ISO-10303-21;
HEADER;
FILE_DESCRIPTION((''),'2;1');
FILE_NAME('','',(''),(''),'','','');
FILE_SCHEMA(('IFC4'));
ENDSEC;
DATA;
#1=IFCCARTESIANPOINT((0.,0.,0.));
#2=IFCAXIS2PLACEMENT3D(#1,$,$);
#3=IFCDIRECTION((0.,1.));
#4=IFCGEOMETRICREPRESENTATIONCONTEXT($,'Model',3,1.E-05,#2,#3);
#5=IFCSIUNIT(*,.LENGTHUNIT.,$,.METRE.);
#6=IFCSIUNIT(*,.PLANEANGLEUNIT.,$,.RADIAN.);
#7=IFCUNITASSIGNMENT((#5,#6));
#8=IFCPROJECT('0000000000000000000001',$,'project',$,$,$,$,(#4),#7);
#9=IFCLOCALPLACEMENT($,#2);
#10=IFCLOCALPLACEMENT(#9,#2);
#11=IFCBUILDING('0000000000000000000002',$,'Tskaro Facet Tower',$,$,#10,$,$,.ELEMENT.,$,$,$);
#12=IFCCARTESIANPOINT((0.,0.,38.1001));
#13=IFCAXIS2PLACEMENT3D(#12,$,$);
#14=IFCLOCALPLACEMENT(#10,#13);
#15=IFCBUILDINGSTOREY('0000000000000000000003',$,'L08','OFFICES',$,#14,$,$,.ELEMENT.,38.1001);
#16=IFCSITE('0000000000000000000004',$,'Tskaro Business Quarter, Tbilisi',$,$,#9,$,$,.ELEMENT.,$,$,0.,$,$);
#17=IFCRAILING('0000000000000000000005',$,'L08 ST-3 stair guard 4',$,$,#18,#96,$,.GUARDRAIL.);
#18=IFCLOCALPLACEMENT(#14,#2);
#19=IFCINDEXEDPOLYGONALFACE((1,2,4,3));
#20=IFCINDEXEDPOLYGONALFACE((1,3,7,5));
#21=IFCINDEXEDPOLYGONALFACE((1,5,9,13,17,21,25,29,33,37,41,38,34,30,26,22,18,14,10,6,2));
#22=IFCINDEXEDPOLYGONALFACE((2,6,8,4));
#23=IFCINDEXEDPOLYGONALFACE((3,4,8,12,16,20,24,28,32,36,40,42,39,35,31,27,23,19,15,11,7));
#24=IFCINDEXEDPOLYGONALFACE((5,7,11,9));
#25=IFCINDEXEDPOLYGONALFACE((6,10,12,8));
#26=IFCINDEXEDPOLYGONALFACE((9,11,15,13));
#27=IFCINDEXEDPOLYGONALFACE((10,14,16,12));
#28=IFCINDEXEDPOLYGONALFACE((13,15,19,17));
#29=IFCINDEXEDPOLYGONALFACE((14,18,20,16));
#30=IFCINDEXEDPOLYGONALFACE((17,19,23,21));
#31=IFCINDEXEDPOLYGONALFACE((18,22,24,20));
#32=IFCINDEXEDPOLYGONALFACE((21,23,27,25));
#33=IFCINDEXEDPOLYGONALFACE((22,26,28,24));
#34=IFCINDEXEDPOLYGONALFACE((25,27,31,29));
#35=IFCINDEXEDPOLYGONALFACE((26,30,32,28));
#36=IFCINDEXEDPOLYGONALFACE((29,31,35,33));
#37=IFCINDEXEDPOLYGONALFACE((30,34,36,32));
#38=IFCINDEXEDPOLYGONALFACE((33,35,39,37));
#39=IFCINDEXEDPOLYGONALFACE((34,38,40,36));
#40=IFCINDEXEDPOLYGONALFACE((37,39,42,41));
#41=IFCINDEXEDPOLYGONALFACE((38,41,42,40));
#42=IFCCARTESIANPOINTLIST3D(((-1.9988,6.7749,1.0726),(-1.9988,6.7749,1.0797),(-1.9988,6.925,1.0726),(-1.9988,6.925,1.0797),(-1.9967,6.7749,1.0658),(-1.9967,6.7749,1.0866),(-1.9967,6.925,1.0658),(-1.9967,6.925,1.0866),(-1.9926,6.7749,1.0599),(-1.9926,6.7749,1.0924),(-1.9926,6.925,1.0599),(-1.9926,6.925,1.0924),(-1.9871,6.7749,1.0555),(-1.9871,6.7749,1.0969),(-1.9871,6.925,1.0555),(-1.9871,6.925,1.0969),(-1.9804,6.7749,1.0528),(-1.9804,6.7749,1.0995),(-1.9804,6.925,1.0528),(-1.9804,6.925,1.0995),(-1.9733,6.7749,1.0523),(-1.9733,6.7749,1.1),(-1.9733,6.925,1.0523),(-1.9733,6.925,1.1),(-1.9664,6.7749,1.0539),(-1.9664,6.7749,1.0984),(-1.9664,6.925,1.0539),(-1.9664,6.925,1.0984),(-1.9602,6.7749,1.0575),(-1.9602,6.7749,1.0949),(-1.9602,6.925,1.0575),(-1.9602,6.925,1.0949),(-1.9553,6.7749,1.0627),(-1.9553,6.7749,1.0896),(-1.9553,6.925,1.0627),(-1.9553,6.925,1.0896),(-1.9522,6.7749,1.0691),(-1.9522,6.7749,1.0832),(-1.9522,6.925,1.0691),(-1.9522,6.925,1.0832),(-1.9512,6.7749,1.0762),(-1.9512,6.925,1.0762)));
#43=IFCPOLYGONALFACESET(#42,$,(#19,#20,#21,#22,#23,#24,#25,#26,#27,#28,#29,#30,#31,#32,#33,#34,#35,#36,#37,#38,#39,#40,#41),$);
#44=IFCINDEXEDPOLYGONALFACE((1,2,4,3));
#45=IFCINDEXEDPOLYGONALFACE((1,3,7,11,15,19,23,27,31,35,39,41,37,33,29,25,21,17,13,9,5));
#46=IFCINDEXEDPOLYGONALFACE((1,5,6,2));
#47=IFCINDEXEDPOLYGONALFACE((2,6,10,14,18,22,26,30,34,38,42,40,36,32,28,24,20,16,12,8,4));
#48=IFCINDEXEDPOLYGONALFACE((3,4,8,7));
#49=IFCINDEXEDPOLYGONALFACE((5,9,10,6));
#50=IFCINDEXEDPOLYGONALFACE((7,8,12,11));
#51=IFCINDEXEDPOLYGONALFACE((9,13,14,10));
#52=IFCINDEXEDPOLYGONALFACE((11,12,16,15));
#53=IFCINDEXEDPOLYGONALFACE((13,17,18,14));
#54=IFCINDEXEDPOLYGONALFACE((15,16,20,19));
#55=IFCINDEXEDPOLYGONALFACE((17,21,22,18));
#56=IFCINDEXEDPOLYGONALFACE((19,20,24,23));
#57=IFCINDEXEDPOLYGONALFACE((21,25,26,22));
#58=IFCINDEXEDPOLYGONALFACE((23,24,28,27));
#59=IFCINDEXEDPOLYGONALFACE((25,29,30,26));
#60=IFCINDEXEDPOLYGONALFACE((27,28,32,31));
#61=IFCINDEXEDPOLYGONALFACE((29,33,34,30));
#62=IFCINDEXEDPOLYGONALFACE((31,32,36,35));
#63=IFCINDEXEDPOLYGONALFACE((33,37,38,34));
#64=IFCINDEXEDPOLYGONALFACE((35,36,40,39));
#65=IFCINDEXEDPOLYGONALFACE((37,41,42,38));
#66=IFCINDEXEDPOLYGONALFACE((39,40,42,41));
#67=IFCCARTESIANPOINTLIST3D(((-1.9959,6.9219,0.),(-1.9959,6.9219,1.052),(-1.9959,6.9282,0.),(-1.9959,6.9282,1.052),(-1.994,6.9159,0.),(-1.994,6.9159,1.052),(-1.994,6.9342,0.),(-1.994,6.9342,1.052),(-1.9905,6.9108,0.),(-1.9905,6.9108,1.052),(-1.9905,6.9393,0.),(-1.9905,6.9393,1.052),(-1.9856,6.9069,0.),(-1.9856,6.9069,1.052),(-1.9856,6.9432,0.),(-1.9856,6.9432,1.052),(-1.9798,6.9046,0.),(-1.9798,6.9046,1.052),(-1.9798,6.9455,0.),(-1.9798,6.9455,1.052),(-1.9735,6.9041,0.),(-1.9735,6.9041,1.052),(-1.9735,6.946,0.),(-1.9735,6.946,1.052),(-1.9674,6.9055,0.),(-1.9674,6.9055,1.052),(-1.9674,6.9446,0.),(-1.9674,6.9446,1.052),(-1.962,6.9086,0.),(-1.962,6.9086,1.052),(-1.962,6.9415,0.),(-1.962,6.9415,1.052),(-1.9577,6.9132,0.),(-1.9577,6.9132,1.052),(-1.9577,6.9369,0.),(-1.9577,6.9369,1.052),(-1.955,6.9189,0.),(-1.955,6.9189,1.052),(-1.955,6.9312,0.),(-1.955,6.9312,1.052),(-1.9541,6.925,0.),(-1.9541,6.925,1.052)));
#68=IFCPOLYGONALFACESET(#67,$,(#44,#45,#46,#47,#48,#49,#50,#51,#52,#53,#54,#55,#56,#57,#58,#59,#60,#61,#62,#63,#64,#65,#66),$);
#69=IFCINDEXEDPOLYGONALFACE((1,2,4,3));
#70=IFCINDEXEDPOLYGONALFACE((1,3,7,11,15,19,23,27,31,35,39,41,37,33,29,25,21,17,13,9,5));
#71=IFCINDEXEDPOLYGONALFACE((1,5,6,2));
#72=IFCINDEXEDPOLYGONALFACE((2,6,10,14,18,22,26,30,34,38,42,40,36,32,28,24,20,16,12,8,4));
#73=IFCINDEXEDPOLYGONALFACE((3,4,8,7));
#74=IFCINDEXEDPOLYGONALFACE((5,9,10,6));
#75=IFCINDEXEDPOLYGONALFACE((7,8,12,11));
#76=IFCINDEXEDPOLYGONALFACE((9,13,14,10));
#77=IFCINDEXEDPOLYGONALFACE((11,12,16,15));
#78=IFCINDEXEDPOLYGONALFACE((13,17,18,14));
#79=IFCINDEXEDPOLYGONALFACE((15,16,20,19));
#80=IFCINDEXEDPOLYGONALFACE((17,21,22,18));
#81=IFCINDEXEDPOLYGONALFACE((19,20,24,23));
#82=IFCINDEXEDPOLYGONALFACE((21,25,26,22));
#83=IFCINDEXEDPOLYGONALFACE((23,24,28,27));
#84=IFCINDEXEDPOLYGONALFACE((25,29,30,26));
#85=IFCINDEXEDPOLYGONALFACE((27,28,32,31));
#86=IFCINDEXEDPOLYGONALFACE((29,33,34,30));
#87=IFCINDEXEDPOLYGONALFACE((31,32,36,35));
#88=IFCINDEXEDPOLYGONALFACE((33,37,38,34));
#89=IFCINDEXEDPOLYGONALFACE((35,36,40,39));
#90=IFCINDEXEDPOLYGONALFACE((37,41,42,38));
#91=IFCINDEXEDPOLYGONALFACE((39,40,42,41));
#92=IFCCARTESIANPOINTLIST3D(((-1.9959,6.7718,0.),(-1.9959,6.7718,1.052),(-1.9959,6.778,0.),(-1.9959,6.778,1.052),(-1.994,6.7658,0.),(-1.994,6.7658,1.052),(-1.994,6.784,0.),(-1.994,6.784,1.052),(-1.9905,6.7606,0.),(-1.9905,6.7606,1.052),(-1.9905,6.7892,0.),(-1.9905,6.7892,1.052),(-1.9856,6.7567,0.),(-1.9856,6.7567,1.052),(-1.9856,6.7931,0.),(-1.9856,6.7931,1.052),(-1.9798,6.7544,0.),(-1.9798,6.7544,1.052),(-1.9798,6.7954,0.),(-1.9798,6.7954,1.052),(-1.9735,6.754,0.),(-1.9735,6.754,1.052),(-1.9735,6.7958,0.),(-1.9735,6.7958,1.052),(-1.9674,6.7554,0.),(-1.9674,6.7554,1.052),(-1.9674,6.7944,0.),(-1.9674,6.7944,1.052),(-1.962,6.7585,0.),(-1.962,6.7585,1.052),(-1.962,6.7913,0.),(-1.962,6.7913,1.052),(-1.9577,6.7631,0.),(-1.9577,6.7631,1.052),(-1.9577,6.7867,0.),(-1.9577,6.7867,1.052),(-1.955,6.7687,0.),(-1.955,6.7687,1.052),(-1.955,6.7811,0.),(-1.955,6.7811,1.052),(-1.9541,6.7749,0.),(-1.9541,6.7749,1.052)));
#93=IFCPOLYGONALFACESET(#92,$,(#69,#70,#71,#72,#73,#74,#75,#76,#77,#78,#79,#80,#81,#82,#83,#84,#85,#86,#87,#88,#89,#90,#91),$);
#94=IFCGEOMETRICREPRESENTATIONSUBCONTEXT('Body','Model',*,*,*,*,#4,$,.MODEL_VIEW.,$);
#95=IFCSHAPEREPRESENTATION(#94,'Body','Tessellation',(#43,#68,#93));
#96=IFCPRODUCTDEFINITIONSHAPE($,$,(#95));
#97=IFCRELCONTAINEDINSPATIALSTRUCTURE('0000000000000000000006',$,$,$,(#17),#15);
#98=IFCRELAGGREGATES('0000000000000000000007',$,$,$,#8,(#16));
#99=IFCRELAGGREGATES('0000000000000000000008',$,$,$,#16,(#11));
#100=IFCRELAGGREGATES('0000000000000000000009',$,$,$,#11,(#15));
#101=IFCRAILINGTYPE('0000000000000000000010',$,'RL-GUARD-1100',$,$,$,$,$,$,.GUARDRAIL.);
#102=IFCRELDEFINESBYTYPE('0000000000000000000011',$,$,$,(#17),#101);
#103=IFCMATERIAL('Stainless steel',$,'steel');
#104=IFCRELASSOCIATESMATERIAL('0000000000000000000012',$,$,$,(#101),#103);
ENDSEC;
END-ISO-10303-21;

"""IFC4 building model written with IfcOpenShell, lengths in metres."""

from ifc_helpers import new_model, si_unit, direction, frame, origin, origin_2d, place, context, subcontext, project, spatial, circle, extrude, material, type_object, element, save


model = new_model("IFC4")

# Units and contexts
model_context = context("Model", 3, precision=1e-05, world=origin(), true_north=direction((0.0, 1.0)))
body_context = subcontext(model_context, "Body", "Model", "MODEL_VIEW")
ifc_project = project(units=[si_unit("LENGTHUNIT", "METRE"), si_unit("PLANEANGLEUNIT", "RADIAN")], contexts=[model_context])

# Site, building, storey
site_placement = place(None, origin())
site = spatial("IfcSite", under=ifc_project, at=site_placement, Name="Tskaro Business Quarter, Tbilisi", CompositionType="ELEMENT", RefElevation=0.0)
building_placement = place(site_placement, origin())
building = spatial("IfcBuilding", under=site, at=building_placement, Name="Tskaro Facet Tower", CompositionType="ELEMENT")
storey_placement = place(building_placement, frame((0.0, 0.0, 38.1001)))
storey = spatial("IfcBuildingStorey", under=building, at=storey_placement, Name="L08", Description="OFFICES", CompositionType="ELEMENT", Elevation=38.1001)

# Railing
ifc_material_1 = material(Name="Stainless steel", Category="steel")
railing_type_1 = type_object("IfcRailingType", Name="RL-GUARD-1100", PredefinedType="GUARDRAIL", material=ifc_material_1)
railing_1_placement = place(storey_placement, frame((-1.9751, 6.925, 0.0)))
element("IfcRailing", 1, at=railing_1_placement, inside=storey, type_object=railing_type_1, Name="L08 ST-3 stair guard 4", PredefinedType="GUARDRAIL", context=body_context, shape_type="SweptSolid", body=[
    extrude(circle(Radius=0.0239, at=origin_2d()), frame((0.0, 0.0, 1.0762), z_axis=(0.0, -1.0, 0.0), x_axis=(1.0, 0.0, 0.0)), (0.0, 0.0, 1.0), 0.1501),
    extrude(circle(Radius=0.021, at=origin_2d()), origin(), (0.0, 0.0, 1.0), 1.052),
    extrude(circle(Radius=0.021, at=origin_2d()), frame((0.0, -0.1501, 0.0)), (0.0, 0.0, 1.0), 1.052),
])

save(model, "model.ifc")
